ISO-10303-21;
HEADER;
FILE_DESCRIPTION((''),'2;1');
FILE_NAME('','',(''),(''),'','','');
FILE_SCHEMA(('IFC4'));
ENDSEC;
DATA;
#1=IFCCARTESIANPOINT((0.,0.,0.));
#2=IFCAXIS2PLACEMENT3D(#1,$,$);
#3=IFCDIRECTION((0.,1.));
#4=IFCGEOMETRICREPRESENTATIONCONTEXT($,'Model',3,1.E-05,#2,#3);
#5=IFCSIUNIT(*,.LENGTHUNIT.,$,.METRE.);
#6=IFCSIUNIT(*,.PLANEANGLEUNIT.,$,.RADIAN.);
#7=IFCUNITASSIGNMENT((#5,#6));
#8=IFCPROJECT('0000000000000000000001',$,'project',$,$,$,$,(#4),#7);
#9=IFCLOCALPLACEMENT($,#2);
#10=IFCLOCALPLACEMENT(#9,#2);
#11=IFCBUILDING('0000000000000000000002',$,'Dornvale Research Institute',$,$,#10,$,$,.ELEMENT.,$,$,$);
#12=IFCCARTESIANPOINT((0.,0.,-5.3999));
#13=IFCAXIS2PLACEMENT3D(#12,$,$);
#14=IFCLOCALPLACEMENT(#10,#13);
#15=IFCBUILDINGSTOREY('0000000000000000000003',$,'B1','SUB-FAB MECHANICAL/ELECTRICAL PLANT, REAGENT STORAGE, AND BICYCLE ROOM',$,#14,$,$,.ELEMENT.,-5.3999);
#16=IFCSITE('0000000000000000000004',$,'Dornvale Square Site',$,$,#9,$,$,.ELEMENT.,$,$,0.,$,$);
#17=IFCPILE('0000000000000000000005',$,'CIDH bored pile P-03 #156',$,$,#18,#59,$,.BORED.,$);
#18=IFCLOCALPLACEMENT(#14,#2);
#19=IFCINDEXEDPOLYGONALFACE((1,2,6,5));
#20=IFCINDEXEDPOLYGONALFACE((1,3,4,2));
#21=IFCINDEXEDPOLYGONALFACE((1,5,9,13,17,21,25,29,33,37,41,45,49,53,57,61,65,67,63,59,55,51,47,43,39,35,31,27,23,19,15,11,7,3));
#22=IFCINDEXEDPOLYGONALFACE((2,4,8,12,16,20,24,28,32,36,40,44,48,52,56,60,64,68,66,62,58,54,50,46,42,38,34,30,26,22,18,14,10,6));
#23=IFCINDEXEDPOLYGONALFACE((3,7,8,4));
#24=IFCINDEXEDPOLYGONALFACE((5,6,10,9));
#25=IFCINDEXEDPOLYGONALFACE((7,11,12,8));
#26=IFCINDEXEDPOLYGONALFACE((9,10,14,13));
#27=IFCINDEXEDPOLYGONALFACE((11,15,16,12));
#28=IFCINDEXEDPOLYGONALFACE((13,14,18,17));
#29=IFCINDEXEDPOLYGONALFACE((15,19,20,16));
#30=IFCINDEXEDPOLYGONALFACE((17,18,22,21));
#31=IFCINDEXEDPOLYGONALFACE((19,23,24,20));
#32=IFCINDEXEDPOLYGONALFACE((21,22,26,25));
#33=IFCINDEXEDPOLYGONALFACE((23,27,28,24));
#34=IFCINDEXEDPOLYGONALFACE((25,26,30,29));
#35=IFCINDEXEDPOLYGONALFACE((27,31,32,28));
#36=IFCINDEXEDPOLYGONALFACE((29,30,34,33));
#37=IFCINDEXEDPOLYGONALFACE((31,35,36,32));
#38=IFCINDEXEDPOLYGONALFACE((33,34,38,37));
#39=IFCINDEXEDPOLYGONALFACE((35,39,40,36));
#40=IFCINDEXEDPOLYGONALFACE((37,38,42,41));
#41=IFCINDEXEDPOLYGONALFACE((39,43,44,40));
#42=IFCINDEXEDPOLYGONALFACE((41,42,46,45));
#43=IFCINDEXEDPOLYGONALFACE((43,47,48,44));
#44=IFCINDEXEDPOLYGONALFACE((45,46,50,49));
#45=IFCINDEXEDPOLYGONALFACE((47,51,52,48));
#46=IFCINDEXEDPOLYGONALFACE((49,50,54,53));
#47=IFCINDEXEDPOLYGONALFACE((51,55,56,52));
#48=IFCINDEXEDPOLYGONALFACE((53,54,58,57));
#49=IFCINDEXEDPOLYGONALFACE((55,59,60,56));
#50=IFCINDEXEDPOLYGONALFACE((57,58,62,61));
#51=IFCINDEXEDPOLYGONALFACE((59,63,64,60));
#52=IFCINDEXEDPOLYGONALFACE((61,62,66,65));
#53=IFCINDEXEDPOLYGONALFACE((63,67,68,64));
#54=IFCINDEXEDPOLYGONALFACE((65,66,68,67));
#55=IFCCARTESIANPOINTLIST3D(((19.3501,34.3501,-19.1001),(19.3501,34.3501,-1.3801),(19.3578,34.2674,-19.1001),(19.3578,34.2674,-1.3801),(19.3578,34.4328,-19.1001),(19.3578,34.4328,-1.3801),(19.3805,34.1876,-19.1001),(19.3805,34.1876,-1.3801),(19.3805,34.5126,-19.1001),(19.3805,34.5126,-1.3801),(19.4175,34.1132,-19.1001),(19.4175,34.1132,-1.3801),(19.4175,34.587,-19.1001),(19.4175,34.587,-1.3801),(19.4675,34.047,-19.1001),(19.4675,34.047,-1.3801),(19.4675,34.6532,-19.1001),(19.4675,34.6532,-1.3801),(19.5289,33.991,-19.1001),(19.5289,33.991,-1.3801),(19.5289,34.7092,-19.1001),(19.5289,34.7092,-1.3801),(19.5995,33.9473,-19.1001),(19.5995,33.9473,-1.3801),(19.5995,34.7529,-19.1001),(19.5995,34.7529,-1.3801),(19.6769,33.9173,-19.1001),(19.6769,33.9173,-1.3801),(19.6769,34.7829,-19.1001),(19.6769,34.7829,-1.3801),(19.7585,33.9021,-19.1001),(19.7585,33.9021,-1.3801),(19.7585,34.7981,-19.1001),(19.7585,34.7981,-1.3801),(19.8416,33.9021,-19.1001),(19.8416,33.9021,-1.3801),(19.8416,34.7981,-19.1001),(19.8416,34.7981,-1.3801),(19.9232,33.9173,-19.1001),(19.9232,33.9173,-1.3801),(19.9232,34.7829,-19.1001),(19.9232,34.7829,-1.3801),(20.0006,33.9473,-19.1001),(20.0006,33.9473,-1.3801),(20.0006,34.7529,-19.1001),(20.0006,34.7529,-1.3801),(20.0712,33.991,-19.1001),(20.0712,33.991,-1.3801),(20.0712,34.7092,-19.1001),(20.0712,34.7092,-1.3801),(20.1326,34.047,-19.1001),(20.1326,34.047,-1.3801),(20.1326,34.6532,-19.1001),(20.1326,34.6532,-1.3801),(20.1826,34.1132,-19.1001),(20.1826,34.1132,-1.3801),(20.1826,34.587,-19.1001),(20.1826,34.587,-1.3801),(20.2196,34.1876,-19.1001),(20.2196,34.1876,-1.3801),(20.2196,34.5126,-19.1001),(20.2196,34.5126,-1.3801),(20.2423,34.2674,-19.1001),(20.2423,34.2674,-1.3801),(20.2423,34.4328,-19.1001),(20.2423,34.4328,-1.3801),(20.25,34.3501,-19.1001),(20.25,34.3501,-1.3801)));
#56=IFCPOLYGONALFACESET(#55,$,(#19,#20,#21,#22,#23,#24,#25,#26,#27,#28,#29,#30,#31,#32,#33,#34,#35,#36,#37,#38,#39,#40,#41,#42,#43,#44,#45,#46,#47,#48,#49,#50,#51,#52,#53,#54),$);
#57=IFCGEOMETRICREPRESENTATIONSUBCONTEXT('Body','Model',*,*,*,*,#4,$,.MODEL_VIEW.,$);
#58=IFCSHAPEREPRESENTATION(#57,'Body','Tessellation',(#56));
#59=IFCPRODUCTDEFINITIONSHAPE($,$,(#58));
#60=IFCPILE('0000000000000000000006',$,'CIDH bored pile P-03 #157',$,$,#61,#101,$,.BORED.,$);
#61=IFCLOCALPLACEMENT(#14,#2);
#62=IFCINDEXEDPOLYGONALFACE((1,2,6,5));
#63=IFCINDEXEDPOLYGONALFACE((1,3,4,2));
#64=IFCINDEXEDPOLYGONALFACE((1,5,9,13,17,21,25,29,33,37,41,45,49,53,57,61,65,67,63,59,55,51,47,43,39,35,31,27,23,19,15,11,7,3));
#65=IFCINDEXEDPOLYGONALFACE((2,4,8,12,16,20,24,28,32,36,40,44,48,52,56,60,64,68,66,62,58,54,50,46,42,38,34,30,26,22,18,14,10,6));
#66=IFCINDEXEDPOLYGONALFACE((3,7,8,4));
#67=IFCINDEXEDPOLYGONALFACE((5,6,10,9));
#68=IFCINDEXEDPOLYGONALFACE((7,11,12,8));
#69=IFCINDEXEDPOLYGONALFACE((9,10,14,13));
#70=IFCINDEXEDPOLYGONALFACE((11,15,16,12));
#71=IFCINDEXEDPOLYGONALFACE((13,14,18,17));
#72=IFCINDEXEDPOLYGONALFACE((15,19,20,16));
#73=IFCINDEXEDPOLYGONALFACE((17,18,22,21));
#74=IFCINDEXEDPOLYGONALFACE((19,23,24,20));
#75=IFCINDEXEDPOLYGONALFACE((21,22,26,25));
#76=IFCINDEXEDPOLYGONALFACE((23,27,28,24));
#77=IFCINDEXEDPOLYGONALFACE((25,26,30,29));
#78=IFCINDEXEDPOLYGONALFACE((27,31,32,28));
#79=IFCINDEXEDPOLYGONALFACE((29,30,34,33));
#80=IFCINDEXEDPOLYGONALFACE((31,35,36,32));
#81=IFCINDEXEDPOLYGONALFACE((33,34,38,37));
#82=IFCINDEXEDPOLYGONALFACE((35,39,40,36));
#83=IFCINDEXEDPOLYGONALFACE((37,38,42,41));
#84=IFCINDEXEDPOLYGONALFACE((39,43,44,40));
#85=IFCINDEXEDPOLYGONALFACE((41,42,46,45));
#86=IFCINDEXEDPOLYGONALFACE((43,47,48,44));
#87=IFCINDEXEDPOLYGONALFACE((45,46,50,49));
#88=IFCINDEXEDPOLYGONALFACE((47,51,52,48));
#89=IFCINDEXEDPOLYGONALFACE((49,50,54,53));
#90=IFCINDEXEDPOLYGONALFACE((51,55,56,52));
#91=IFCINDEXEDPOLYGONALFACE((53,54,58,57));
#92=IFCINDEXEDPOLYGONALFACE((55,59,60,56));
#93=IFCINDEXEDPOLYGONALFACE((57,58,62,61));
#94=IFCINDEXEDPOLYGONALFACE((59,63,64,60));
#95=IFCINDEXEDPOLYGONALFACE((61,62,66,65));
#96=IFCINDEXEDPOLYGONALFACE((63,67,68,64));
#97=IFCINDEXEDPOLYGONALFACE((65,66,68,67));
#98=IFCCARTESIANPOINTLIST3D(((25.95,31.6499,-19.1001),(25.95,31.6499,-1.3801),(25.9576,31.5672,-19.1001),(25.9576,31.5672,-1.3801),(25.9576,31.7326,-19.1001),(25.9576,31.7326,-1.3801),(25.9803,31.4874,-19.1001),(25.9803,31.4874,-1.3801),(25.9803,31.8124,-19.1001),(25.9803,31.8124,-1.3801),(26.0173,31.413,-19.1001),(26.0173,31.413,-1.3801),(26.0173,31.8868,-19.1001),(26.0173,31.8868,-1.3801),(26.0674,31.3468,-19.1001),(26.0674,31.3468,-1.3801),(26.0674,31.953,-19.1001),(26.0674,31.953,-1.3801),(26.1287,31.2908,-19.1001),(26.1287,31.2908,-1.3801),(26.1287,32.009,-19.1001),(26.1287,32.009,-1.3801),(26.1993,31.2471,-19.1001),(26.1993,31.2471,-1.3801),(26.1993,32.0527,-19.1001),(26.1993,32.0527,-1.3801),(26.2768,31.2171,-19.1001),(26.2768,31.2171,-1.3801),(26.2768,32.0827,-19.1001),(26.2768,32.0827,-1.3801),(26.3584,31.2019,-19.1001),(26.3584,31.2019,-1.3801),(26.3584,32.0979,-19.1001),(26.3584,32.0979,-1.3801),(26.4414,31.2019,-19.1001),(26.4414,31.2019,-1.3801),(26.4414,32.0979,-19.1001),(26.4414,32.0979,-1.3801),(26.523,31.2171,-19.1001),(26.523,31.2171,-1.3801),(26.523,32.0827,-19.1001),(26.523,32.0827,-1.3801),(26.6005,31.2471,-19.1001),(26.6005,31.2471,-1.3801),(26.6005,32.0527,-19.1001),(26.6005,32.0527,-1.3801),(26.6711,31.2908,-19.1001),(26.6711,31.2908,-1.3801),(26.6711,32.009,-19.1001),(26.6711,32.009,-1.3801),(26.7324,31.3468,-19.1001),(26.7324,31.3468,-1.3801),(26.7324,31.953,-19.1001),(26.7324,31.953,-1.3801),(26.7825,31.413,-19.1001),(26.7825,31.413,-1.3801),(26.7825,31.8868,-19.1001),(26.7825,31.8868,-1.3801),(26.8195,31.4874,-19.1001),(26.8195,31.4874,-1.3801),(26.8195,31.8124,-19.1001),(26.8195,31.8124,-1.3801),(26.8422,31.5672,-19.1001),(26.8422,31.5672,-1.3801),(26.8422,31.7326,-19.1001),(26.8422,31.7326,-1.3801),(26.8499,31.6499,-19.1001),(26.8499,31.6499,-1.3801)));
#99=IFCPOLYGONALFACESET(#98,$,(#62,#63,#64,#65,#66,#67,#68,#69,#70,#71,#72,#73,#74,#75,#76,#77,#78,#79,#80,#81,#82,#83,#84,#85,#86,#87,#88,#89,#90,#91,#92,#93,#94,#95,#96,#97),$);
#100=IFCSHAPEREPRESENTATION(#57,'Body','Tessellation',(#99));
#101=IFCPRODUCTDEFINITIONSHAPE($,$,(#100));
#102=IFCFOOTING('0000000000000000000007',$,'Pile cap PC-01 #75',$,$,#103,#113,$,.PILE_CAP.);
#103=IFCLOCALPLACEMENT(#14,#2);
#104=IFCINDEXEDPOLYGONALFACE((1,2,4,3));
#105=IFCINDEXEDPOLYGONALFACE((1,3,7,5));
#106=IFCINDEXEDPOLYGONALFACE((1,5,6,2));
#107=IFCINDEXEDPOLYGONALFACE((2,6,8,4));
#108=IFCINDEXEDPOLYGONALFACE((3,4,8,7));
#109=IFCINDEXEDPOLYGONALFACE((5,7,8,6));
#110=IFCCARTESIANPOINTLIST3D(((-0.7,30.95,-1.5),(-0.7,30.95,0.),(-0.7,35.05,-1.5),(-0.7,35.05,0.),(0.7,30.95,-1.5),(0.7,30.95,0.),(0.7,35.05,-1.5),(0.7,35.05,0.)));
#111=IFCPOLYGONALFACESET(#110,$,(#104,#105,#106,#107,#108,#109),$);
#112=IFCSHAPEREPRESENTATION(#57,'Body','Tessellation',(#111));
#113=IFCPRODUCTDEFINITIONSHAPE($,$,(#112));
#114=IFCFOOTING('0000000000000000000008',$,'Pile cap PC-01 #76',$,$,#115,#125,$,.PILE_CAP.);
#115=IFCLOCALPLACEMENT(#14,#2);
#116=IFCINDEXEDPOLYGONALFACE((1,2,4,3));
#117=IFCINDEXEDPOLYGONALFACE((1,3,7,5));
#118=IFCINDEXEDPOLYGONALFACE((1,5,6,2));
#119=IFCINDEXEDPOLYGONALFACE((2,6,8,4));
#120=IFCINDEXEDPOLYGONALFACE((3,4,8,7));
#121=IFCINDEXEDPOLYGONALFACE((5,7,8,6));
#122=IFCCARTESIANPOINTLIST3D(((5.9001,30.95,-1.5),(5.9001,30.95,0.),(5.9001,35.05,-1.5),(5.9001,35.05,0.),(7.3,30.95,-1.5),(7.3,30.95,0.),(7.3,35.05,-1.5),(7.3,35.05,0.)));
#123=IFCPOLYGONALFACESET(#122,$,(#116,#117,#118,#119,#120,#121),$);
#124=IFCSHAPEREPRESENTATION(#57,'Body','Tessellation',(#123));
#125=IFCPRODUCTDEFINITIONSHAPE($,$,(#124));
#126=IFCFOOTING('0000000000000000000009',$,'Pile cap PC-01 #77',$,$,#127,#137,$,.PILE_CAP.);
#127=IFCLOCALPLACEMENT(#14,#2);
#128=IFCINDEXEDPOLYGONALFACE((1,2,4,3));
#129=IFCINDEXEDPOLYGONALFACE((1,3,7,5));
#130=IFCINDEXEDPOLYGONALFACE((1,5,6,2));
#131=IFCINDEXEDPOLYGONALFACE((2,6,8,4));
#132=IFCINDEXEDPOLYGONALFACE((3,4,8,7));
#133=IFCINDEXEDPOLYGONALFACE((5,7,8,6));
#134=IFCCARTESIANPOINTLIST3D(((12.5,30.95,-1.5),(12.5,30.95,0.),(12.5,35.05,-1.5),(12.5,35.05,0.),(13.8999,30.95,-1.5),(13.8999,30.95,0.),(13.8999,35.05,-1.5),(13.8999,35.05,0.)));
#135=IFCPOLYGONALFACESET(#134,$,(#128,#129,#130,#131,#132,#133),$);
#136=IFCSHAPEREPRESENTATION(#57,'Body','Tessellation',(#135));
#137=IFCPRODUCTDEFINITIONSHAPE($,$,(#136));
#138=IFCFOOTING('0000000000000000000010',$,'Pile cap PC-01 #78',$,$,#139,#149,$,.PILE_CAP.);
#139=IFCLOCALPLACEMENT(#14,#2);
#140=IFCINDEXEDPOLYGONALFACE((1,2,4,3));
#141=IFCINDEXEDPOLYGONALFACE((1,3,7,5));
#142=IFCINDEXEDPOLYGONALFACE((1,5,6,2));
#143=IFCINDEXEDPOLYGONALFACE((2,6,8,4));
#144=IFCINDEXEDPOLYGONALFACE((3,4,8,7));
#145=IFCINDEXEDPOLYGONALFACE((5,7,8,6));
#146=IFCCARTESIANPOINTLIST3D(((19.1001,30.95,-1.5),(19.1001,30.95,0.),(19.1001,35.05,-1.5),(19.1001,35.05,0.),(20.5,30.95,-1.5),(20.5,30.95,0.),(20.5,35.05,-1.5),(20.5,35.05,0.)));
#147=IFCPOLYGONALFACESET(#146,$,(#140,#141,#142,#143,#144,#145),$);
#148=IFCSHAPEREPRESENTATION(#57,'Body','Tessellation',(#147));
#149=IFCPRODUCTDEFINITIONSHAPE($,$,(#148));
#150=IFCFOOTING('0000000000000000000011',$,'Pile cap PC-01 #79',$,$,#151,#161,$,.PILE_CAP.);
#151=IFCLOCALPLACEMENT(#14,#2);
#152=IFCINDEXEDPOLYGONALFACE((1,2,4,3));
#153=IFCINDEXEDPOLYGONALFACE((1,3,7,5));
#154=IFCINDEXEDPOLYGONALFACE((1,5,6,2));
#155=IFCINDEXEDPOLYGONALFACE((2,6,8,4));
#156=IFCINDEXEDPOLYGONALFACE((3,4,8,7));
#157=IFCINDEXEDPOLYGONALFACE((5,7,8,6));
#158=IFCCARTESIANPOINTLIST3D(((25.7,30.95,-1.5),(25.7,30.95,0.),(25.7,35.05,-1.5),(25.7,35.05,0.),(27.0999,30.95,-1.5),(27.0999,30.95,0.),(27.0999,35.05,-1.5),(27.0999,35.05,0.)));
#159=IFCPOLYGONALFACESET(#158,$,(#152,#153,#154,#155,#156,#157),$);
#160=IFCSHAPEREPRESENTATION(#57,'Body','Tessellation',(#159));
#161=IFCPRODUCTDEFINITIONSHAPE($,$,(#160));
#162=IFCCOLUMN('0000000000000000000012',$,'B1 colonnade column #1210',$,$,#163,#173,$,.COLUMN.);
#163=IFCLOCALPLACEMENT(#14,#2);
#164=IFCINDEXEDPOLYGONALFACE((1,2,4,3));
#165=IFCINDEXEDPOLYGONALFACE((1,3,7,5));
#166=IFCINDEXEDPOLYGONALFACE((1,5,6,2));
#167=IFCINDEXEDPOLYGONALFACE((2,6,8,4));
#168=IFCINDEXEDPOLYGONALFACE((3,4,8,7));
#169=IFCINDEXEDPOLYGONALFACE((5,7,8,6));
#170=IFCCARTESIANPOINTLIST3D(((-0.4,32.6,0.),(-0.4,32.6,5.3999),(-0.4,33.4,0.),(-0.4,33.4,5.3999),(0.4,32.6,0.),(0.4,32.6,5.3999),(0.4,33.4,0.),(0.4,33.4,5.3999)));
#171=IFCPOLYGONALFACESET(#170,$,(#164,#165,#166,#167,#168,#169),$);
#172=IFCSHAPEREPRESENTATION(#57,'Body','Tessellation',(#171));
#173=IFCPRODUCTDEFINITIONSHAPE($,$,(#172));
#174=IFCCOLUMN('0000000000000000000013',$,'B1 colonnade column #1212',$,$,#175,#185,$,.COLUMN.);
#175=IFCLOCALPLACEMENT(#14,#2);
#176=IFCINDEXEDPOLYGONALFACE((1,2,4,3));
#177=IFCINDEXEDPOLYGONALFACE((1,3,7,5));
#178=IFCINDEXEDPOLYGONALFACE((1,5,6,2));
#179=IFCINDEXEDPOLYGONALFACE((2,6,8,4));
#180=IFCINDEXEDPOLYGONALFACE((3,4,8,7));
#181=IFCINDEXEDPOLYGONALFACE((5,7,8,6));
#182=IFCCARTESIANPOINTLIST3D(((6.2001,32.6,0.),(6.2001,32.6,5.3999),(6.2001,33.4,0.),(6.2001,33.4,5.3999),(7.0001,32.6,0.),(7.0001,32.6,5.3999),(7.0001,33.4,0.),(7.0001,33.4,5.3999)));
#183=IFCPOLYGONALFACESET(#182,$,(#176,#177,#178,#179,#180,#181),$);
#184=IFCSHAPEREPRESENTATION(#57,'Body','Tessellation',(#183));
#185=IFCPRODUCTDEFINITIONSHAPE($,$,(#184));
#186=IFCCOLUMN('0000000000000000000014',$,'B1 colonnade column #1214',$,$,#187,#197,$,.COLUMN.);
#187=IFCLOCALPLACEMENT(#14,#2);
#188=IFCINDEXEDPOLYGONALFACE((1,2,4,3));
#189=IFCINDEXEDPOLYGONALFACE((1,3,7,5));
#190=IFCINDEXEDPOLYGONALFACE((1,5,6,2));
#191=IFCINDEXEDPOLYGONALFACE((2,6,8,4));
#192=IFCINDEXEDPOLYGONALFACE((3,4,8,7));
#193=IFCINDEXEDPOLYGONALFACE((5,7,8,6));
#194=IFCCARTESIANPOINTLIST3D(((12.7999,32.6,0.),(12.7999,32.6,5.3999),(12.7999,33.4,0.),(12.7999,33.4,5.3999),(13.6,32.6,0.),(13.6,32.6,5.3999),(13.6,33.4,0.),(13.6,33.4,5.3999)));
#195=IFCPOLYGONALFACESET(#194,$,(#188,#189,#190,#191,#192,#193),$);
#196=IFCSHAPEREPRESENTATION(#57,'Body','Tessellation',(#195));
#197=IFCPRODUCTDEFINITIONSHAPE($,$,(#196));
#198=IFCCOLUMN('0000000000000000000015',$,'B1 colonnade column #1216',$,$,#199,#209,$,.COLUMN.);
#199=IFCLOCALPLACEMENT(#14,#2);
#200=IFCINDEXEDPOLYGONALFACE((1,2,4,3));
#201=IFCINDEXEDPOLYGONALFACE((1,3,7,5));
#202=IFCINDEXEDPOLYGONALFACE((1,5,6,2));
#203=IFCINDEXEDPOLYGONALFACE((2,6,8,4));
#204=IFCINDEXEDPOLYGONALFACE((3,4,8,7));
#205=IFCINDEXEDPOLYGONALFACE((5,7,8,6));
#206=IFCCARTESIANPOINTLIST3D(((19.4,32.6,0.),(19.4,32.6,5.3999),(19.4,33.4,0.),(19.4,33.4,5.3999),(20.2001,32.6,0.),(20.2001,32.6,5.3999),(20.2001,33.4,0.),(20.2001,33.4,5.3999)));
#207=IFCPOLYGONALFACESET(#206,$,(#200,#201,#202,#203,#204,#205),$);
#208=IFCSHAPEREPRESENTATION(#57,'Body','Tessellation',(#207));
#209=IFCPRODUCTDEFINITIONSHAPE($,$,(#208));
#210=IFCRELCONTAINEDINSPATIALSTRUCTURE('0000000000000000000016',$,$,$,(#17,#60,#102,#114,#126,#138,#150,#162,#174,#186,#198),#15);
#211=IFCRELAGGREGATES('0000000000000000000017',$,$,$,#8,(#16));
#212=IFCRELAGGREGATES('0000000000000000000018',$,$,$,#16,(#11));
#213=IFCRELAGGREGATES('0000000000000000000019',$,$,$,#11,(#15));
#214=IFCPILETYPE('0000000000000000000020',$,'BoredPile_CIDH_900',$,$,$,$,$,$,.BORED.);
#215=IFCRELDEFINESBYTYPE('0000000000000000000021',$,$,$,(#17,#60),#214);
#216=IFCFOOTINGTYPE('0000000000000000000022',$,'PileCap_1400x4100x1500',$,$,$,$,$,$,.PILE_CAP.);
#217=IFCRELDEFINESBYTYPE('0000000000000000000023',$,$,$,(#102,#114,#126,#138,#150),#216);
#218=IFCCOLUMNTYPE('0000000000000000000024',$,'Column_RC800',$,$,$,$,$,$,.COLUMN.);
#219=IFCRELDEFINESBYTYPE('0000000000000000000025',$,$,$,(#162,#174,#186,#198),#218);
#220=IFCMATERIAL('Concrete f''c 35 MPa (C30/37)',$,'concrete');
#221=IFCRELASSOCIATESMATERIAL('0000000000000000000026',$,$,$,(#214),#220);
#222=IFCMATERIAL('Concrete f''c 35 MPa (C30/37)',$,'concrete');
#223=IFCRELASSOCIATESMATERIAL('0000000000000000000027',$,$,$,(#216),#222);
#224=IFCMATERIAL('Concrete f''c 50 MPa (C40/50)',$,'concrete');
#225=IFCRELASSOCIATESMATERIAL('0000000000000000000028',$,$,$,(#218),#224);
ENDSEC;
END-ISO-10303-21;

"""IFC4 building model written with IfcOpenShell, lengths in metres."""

from ifc_helpers import new_model, si_unit, direction, frame, origin, origin_2d, place, context, subcontext, project, spatial, rectangle, circle, extrude, material, material_profile, profile_set, type_object, element, save


model = new_model("IFC4")

# Units and contexts
model_context = context("Model", 3, precision=1e-05, world=origin(), true_north=direction((0.0, 1.0)))
body_context = subcontext(model_context, "Body", "Model", "MODEL_VIEW")
ifc_project = project(units=[si_unit("LENGTHUNIT", "METRE"), si_unit("PLANEANGLEUNIT", "RADIAN")], contexts=[model_context])

# Site, building, storey
site_placement = place(None, origin())
site = spatial("IfcSite", under=ifc_project, at=site_placement, Name="Dornvale Square Site", CompositionType="ELEMENT", RefElevation=0.0)
building_placement = place(site_placement, origin())
building = spatial("IfcBuilding", under=site, at=building_placement, Name="Dornvale Research Institute", CompositionType="ELEMENT")
storey_placement = place(building_placement, frame((0.0, 0.0, -5.3999)))
storey = spatial("IfcBuildingStorey", under=building, at=storey_placement, Name="B1", Description="SUB-FAB MECHANICAL/ELECTRICAL PLANT, REAGENT STORAGE, AND BICYCLE ROOM", CompositionType="ELEMENT", Elevation=-5.3999)

# Piles
ifc_material_1 = material(Name="Concrete f'c 35 MPa (C30/37)", Category="concrete")
ifc_material_profile_1 = material_profile(ifc_material_1, circle(Radius=0.45, at=origin_2d()), Name="CIDH PILE D900")
ifc_profile_set_1 = profile_set([ifc_material_profile_1], Name="Concrete f'c 35 MPa (C30/37)")
pile_type = type_object("IfcPileType", Name="BoredPile_CIDH_900", PredefinedType="BORED", material=ifc_profile_set_1)
for number, where, z_axis, x_axis, name in (
    (1, (19.8, 34.3501, -1.3801), (0.0, 0.0, -1.0), (1.0, 0.0, 0.0), "CIDH bored pile P-03 #156"),
    (2, (26.3999, 31.6499, -1.3801), (0.0, 0.0, -1.0), (1.0, 0.0, 0.0), "CIDH bored pile P-03 #157"),
):
    element("IfcPile", number, at=place(storey_placement, frame(where, z_axis=z_axis, x_axis=x_axis)), inside=storey, type_object=pile_type, Name=name, PredefinedType="BORED", context=body_context, shape_type="SweptSolid", body=[
        extrude(circle(Radius=0.45, at=origin_2d()), origin(), (0.0, 0.0, 1.0), 17.72),
    ])

# Footings
ifc_material_2 = material(Name="Concrete f'c 35 MPa (C30/37)", Category="concrete")
footing_type = type_object("IfcFootingType", Name="PileCap_1400x4100x1500", PredefinedType="PILE_CAP", material=ifc_material_2)
for number, where, z_axis, x_axis, name in (
    (3, (0.0, 33.0, -1.5), (0.0, 0.0, 1.0), (1.0, 0.0, 0.0), "Pile cap PC-01 #75"),
    (4, (6.6001, 33.0, -1.5), (0.0, 0.0, 1.0), (1.0, 0.0, 0.0), "Pile cap PC-01 #76"),
    (5, (13.2, 33.0, -1.5), (0.0, 0.0, 1.0), (1.0, 0.0, 0.0), "Pile cap PC-01 #77"),
    (6, (19.8, 33.0, -1.5), (0.0, 0.0, 1.0), (1.0, 0.0, 0.0), "Pile cap PC-01 #78"),
    (7, (26.3999, 33.0, -1.5), (0.0, 0.0, 1.0), (1.0, 0.0, 0.0), "Pile cap PC-01 #79"),
):
    element("IfcFooting", number, at=place(storey_placement, frame(where, z_axis=z_axis, x_axis=x_axis)), inside=storey, type_object=footing_type, Name=name, PredefinedType="PILE_CAP", context=body_context, shape_type="SweptSolid", body=[
        extrude(rectangle(XDim=1.3999, YDim=4.1001, at=origin_2d()), origin(), (0.0, 0.0, 1.0), 1.5),
    ])

# Columns
ifc_material_3 = material(Name="Concrete f'c 50 MPa (C40/50)", Category="concrete")
ifc_material_profile_2 = material_profile(ifc_material_3, rectangle(XDim=0.8, YDim=0.8, at=origin_2d()), Name="RC 800x800")
ifc_profile_set_2 = profile_set([ifc_material_profile_2], Name="Concrete f'c 50 MPa (C40/50)")
column_type = type_object("IfcColumnType", Name="Column_RC800", PredefinedType="COLUMN", material=ifc_profile_set_2)
for number, where, z_axis, x_axis, name in (
    (8, (0.0, 33.0, 0.0), (0.0, 0.0, 1.0), (1.0, 0.0, 0.0), "B1 colonnade column #1210"),
    (9, (6.6001, 33.0, 0.0), (0.0, 0.0, 1.0), (1.0, 0.0, 0.0), "B1 colonnade column #1212"),
    (10, (13.2, 33.0, 0.0), (0.0, 0.0, 1.0), (1.0, 0.0, 0.0), "B1 colonnade column #1214"),
    (11, (19.8, 33.0, 0.0), (0.0, 0.0, 1.0), (1.0, 0.0, 0.0), "B1 colonnade column #1216"),
):
    element("IfcColumn", number, at=place(storey_placement, frame(where, z_axis=z_axis, x_axis=x_axis)), inside=storey, type_object=column_type, Name=name, PredefinedType="COLUMN", context=body_context, shape_type="SweptSolid", body=[
        extrude(rectangle(XDim=0.8, YDim=0.8, at=origin_2d()), origin(), (0.0, 0.0, 1.0), 5.3999),
    ])

save(model, "model.ifc")
